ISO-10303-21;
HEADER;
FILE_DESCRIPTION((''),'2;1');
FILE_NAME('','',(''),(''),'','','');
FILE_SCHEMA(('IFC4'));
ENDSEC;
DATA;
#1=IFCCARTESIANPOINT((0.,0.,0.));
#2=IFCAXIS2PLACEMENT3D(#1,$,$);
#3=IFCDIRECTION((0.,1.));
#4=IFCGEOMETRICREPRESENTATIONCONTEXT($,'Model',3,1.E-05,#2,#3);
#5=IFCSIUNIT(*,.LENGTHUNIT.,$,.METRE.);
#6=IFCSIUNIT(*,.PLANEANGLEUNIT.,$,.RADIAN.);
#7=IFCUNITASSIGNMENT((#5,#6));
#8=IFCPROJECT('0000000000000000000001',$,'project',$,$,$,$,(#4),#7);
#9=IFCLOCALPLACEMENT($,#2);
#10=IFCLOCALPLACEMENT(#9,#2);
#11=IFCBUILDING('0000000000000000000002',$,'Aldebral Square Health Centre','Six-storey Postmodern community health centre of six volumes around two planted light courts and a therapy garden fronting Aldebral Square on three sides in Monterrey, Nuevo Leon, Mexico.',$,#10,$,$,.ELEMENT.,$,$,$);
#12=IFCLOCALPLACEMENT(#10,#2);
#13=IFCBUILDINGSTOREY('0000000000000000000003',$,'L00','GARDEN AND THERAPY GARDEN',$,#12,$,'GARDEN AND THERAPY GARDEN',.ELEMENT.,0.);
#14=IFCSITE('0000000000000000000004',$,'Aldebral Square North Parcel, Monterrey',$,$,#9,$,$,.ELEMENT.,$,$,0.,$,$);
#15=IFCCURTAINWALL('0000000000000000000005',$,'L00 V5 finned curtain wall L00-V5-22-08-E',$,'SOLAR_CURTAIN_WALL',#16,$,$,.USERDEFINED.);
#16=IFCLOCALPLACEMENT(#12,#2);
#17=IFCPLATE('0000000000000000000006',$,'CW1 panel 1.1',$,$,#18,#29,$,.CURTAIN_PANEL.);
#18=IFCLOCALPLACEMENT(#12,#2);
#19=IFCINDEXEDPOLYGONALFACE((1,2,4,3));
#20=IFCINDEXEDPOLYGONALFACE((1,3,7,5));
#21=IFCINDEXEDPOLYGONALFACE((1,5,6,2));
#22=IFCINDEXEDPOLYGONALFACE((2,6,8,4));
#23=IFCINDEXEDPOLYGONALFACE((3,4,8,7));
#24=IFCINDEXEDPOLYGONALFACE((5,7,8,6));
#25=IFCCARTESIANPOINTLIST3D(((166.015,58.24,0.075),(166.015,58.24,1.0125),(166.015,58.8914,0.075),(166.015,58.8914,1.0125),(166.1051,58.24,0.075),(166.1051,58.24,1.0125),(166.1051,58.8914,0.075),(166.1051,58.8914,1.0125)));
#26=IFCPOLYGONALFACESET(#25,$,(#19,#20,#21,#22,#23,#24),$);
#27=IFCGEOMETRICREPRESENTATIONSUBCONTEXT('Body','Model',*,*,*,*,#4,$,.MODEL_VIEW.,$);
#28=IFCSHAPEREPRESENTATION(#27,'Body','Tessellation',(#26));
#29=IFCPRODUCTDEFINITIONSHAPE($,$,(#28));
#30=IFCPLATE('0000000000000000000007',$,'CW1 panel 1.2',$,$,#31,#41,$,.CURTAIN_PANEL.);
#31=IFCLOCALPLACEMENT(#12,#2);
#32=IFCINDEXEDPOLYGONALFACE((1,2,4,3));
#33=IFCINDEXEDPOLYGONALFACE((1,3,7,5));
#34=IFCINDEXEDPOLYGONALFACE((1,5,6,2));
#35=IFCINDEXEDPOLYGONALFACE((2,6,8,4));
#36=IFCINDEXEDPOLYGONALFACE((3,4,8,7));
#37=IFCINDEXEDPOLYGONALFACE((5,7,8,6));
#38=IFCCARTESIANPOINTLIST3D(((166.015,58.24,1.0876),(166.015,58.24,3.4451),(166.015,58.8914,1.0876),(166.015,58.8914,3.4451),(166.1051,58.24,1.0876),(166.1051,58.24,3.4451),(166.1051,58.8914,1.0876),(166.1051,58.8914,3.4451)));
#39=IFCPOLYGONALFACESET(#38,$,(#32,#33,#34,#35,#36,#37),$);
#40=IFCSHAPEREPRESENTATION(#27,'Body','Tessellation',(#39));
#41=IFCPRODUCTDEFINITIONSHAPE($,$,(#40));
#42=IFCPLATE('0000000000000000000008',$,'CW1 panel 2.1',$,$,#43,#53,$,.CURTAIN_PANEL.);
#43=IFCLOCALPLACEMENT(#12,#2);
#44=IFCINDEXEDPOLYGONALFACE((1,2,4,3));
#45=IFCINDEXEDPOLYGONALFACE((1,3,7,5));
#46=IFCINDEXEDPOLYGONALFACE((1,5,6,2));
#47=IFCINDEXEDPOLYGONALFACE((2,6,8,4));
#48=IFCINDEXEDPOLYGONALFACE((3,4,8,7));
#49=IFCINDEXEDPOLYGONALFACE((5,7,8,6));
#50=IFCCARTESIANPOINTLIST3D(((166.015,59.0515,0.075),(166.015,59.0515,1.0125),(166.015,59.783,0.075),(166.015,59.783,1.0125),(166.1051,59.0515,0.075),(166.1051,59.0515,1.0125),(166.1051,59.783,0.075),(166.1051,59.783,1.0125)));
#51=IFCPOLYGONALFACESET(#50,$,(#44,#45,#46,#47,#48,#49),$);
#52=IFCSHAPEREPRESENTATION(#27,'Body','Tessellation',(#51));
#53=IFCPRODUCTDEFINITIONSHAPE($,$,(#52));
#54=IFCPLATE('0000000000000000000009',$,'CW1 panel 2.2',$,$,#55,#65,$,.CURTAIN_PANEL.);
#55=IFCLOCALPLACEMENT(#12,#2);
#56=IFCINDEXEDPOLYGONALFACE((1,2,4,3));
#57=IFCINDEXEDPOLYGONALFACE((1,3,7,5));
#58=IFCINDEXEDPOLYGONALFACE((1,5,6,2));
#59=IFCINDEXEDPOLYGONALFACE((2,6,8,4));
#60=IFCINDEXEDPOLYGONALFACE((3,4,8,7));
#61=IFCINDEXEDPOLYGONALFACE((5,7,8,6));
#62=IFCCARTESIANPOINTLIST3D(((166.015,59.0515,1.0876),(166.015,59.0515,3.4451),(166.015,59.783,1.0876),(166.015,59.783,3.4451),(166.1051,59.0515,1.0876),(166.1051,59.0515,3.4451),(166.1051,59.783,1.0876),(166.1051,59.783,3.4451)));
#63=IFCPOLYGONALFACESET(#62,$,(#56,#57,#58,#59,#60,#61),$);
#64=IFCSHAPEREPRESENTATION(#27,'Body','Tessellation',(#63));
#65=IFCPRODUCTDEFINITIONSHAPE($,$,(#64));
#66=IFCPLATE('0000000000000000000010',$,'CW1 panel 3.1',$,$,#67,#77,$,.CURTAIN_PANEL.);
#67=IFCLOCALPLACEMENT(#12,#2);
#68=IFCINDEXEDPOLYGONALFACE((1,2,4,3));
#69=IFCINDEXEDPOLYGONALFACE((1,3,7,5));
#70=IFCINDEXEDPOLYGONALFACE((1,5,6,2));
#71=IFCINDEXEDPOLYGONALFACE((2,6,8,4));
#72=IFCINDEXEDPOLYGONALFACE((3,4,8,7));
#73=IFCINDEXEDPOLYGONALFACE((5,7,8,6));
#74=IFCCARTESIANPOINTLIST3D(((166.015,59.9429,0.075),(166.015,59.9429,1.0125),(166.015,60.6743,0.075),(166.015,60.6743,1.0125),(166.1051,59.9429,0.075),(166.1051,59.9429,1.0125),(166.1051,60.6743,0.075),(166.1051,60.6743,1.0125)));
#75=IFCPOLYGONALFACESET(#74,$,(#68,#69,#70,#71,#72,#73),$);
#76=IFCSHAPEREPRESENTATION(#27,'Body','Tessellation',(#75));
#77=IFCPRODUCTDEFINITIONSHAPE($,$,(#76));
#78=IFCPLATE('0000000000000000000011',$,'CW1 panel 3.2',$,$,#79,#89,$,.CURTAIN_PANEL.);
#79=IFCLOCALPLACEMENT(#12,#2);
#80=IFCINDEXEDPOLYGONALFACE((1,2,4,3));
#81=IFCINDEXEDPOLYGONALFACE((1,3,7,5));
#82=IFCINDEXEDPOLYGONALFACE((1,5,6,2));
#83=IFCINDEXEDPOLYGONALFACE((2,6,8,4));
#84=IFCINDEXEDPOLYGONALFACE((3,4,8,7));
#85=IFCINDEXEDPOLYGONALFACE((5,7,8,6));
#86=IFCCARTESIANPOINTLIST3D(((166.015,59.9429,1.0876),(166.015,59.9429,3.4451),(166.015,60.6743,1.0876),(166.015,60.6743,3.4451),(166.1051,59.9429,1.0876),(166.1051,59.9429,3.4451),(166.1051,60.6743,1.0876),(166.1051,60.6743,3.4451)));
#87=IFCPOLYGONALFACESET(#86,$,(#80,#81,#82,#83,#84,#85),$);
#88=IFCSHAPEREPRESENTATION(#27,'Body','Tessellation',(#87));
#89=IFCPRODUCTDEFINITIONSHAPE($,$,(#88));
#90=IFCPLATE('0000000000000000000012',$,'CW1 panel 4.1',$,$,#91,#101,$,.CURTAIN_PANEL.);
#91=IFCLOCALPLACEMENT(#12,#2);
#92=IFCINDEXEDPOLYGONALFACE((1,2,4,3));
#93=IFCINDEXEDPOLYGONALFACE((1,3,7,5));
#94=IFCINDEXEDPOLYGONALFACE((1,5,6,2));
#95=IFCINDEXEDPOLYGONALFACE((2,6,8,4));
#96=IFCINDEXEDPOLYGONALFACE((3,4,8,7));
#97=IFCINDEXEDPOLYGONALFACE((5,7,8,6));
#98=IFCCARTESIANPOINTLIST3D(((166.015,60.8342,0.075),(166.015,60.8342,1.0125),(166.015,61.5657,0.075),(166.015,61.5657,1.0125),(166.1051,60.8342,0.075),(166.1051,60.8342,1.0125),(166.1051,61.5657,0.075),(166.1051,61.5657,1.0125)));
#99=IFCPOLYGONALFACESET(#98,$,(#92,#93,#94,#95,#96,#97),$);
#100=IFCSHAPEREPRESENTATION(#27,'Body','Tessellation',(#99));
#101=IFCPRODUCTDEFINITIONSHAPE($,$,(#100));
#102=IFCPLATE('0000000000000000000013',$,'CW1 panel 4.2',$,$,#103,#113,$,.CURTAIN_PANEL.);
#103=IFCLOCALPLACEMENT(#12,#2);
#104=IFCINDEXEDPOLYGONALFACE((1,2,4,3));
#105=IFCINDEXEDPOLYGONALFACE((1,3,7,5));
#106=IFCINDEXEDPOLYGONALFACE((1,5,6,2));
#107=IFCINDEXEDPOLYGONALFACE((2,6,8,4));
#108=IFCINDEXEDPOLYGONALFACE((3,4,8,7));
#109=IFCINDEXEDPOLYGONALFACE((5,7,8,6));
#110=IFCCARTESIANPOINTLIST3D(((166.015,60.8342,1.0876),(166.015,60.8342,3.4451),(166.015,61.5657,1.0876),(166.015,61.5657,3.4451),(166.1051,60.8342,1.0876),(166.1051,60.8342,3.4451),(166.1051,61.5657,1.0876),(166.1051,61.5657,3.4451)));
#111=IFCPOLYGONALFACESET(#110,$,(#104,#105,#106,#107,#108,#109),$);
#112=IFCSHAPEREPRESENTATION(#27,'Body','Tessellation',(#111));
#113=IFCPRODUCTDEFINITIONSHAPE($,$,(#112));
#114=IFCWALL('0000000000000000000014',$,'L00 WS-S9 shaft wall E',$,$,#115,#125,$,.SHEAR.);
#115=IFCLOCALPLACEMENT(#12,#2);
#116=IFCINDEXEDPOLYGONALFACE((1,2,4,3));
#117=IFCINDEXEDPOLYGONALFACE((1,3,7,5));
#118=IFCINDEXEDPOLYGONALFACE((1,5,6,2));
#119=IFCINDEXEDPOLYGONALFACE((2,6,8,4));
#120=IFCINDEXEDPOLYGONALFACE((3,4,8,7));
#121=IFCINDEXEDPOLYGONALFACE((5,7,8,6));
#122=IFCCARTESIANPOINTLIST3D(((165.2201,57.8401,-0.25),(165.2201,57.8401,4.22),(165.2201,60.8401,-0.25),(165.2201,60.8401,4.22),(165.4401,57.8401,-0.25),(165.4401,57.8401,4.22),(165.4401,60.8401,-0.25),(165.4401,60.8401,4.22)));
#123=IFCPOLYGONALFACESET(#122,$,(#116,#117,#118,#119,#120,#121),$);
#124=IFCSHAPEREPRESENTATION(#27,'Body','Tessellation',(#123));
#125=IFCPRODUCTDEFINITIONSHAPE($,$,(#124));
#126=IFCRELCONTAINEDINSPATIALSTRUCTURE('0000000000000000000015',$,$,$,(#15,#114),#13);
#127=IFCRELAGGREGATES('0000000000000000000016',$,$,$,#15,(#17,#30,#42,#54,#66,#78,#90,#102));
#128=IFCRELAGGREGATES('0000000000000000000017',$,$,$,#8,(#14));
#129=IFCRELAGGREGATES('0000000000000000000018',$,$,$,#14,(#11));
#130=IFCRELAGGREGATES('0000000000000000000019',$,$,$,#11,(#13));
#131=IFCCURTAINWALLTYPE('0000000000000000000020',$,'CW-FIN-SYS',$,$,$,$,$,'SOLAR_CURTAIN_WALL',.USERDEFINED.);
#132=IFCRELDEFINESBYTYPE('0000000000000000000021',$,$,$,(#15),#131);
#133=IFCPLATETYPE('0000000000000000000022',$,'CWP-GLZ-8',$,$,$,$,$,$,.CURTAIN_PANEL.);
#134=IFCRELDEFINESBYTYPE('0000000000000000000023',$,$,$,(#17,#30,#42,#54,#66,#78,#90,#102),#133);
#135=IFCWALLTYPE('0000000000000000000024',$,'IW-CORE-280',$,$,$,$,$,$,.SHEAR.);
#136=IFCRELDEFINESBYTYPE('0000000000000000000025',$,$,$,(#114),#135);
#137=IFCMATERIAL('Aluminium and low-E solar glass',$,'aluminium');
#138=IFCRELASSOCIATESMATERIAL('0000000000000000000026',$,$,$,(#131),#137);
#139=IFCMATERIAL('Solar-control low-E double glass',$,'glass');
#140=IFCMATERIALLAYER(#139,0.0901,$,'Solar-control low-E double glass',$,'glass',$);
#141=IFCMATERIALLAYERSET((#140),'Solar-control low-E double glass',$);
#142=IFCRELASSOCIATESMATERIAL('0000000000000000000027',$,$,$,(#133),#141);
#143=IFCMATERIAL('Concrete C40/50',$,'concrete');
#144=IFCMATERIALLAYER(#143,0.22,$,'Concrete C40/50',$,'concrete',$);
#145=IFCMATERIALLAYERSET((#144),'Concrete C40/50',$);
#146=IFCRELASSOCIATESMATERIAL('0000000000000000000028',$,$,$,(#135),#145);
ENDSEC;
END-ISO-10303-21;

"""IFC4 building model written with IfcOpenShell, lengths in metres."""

from ifc_helpers import new_model, si_unit, direction, frame, frame_2d, origin, origin_2d, place, context, subcontext, project, spatial, rectangle, extrude, material, layer, layer_set, type_object, element, aggregate, save


model = new_model("IFC4")

# Units and contexts
model_context = context("Model", 3, precision=1e-05, world=origin(), true_north=direction((0.0, 1.0)))
body_context = subcontext(model_context, "Body", "Model", "MODEL_VIEW")
ifc_project = project(units=[si_unit("LENGTHUNIT", "METRE"), si_unit("PLANEANGLEUNIT", "RADIAN")], contexts=[model_context])

# Site, building, storey
site_placement = place(None, origin())
site = spatial("IfcSite", under=ifc_project, at=site_placement, Name="Aldebral Square North Parcel, Monterrey", CompositionType="ELEMENT", RefElevation=0.0)
building_placement = place(site_placement, origin())
building = spatial("IfcBuilding", under=site, at=building_placement, Name="Aldebral Square Health Centre", Description="Six-storey Postmodern community health centre of six volumes around two planted light courts and a therapy garden fronting Aldebral Square on three sides in Monterrey, Nuevo Leon, Mexico.", CompositionType="ELEMENT")
storey_placement = place(building_placement, origin())
storey = spatial("IfcBuildingStorey", under=building, at=storey_placement, Name="L00", Description="GARDEN AND THERAPY GARDEN", LongName="GARDEN AND THERAPY GARDEN", CompositionType="ELEMENT", Elevation=0.0)

# Curtain wall, plates
ifc_material_1 = material(Name="Aluminium and low-E solar glass", Category="aluminium")
curtain_wall_type = type_object("IfcCurtainWallType", Name="CW-FIN-SYS", ElementType="SOLAR_CURTAIN_WALL", PredefinedType="USERDEFINED", material=ifc_material_1)
curtain_wall_placement = place(storey_placement, origin())
curtain_wall = element("IfcCurtainWall", 1, at=curtain_wall_placement, inside=storey, type_object=curtain_wall_type, Name="L00 V5 finned curtain wall L00-V5-22-08-E", ObjectType="SOLAR_CURTAIN_WALL", PredefinedType="USERDEFINED")
ifc_material_2 = material(Name="Solar-control low-E double glass", Category="glass")
ifc_layer_1 = layer(ifc_material_2, 0.0901, Name="Solar-control low-E double glass", Category="glass")
ifc_layer_set_1 = layer_set([ifc_layer_1], Name="Solar-control low-E double glass")
plate_type = type_object("IfcPlateType", Name="CWP-GLZ-8", PredefinedType="CURTAIN_PANEL", material=ifc_layer_set_1)
plate_1_placement = place(storey_placement, frame((166.0601, 58.5657, 0.075), z_axis=(0.0, 0.0, 1.0), x_axis=(0.0, 1.0, 0.0)))
plate_1 = element("IfcPlate", 2, at=plate_1_placement, type_object=plate_type, Name="CW1 panel 1.1", PredefinedType="CURTAIN_PANEL", context=body_context, shape_type="SweptSolid", body=[
    extrude(rectangle(XDim=0.6514, YDim=0.0901, at=origin_2d()), origin(), (0.0, 0.0, 1.0), 0.9375),
])
plate_2_placement = place(storey_placement, frame((166.0601, 58.5657, 1.0876), z_axis=(0.0, 0.0, 1.0), x_axis=(0.0, 1.0, 0.0)))
plate_2 = element("IfcPlate", 3, at=plate_2_placement, type_object=plate_type, Name="CW1 panel 1.2", PredefinedType="CURTAIN_PANEL", context=body_context, shape_type="SweptSolid", body=[
    extrude(rectangle(XDim=0.6514, YDim=0.0901, at=origin_2d()), origin(), (0.0, 0.0, 1.0), 2.3574),
])
plate_3_placement = place(storey_placement, frame((166.0601, 59.4172, 0.075), z_axis=(0.0, 0.0, 1.0), x_axis=(0.0, 1.0, 0.0)))
plate_3 = element("IfcPlate", 4, at=plate_3_placement, type_object=plate_type, Name="CW1 panel 2.1", PredefinedType="CURTAIN_PANEL", context=body_context, shape_type="SweptSolid", body=[
    extrude(rectangle(XDim=0.7314, YDim=0.0901, at=origin_2d()), origin(), (0.0, 0.0, 1.0), 0.9375),
])
plate_4_placement = place(storey_placement, frame((166.0601, 59.4172, 1.0876), z_axis=(0.0, 0.0, 1.0), x_axis=(0.0, 1.0, 0.0)))
plate_4 = element("IfcPlate", 5, at=plate_4_placement, type_object=plate_type, Name="CW1 panel 2.2", PredefinedType="CURTAIN_PANEL", context=body_context, shape_type="SweptSolid", body=[
    extrude(rectangle(XDim=0.7314, YDim=0.0901, at=origin_2d()), origin(), (0.0, 0.0, 1.0), 2.3574),
])
plate_5_placement = place(storey_placement, frame((166.0601, 60.3086, 0.075), z_axis=(0.0, 0.0, 1.0), x_axis=(0.0, 1.0, 0.0)))
plate_5 = element("IfcPlate", 6, at=plate_5_placement, type_object=plate_type, Name="CW1 panel 3.1", PredefinedType="CURTAIN_PANEL", context=body_context, shape_type="SweptSolid", body=[
    extrude(rectangle(XDim=0.7314, YDim=0.0901, at=origin_2d()), origin(), (0.0, 0.0, 1.0), 0.9375),
])
plate_6_placement = place(storey_placement, frame((166.0601, 60.3086, 1.0876), z_axis=(0.0, 0.0, 1.0), x_axis=(0.0, 1.0, 0.0)))
plate_6 = element("IfcPlate", 7, at=plate_6_placement, type_object=plate_type, Name="CW1 panel 3.2", PredefinedType="CURTAIN_PANEL", context=body_context, shape_type="SweptSolid", body=[
    extrude(rectangle(XDim=0.7314, YDim=0.0901, at=origin_2d()), origin(), (0.0, 0.0, 1.0), 2.3574),
])
plate_7_placement = place(storey_placement, frame((166.0601, 61.2, 0.075), z_axis=(0.0, 0.0, 1.0), x_axis=(0.0, 1.0, 0.0)))
plate_7 = element("IfcPlate", 8, at=plate_7_placement, type_object=plate_type, Name="CW1 panel 4.1", PredefinedType="CURTAIN_PANEL", context=body_context, shape_type="SweptSolid", body=[
    extrude(rectangle(XDim=0.7314, YDim=0.0901, at=origin_2d()), origin(), (0.0, 0.0, 1.0), 0.9375),
])
plate_8_placement = place(storey_placement, frame((166.0601, 61.2, 1.0876), z_axis=(0.0, 0.0, 1.0), x_axis=(0.0, 1.0, 0.0)))
plate_8 = element("IfcPlate", 9, at=plate_8_placement, type_object=plate_type, Name="CW1 panel 4.2", PredefinedType="CURTAIN_PANEL", context=body_context, shape_type="SweptSolid", body=[
    extrude(rectangle(XDim=0.7314, YDim=0.0901, at=origin_2d()), origin(), (0.0, 0.0, 1.0), 2.3574),
])
aggregate(curtain_wall, [plate_1, plate_2, plate_3, plate_4, plate_5, plate_6, plate_7, plate_8])

# Wall
ifc_material_3 = material(Name="Concrete C40/50", Category="concrete")
ifc_layer_2 = layer(ifc_material_3, 0.22, Name="Concrete C40/50", Category="concrete")
ifc_layer_set_2 = layer_set([ifc_layer_2], Name="Concrete C40/50")
wall_type = type_object("IfcWallType", Name="IW-CORE-280", PredefinedType="SHEAR", material=ifc_layer_set_2)
wall_placement = place(storey_placement, frame((165.3301, 57.8401, -0.25), z_axis=(0.0, 0.0, 1.0), x_axis=(0.0, 1.0, 0.0)))
element("IfcWall", 10, at=wall_placement, inside=storey, type_object=wall_type, Name="L00 WS-S9 shaft wall E", PredefinedType="SHEAR", context=body_context, shape_type="SweptSolid", body=[
    extrude(rectangle(XDim=3.0, YDim=0.22, at=frame_2d((1.5, 0.0))), origin(), (0.0, 0.0, 1.0), 4.47),
])

save(model, "model.ifc")
